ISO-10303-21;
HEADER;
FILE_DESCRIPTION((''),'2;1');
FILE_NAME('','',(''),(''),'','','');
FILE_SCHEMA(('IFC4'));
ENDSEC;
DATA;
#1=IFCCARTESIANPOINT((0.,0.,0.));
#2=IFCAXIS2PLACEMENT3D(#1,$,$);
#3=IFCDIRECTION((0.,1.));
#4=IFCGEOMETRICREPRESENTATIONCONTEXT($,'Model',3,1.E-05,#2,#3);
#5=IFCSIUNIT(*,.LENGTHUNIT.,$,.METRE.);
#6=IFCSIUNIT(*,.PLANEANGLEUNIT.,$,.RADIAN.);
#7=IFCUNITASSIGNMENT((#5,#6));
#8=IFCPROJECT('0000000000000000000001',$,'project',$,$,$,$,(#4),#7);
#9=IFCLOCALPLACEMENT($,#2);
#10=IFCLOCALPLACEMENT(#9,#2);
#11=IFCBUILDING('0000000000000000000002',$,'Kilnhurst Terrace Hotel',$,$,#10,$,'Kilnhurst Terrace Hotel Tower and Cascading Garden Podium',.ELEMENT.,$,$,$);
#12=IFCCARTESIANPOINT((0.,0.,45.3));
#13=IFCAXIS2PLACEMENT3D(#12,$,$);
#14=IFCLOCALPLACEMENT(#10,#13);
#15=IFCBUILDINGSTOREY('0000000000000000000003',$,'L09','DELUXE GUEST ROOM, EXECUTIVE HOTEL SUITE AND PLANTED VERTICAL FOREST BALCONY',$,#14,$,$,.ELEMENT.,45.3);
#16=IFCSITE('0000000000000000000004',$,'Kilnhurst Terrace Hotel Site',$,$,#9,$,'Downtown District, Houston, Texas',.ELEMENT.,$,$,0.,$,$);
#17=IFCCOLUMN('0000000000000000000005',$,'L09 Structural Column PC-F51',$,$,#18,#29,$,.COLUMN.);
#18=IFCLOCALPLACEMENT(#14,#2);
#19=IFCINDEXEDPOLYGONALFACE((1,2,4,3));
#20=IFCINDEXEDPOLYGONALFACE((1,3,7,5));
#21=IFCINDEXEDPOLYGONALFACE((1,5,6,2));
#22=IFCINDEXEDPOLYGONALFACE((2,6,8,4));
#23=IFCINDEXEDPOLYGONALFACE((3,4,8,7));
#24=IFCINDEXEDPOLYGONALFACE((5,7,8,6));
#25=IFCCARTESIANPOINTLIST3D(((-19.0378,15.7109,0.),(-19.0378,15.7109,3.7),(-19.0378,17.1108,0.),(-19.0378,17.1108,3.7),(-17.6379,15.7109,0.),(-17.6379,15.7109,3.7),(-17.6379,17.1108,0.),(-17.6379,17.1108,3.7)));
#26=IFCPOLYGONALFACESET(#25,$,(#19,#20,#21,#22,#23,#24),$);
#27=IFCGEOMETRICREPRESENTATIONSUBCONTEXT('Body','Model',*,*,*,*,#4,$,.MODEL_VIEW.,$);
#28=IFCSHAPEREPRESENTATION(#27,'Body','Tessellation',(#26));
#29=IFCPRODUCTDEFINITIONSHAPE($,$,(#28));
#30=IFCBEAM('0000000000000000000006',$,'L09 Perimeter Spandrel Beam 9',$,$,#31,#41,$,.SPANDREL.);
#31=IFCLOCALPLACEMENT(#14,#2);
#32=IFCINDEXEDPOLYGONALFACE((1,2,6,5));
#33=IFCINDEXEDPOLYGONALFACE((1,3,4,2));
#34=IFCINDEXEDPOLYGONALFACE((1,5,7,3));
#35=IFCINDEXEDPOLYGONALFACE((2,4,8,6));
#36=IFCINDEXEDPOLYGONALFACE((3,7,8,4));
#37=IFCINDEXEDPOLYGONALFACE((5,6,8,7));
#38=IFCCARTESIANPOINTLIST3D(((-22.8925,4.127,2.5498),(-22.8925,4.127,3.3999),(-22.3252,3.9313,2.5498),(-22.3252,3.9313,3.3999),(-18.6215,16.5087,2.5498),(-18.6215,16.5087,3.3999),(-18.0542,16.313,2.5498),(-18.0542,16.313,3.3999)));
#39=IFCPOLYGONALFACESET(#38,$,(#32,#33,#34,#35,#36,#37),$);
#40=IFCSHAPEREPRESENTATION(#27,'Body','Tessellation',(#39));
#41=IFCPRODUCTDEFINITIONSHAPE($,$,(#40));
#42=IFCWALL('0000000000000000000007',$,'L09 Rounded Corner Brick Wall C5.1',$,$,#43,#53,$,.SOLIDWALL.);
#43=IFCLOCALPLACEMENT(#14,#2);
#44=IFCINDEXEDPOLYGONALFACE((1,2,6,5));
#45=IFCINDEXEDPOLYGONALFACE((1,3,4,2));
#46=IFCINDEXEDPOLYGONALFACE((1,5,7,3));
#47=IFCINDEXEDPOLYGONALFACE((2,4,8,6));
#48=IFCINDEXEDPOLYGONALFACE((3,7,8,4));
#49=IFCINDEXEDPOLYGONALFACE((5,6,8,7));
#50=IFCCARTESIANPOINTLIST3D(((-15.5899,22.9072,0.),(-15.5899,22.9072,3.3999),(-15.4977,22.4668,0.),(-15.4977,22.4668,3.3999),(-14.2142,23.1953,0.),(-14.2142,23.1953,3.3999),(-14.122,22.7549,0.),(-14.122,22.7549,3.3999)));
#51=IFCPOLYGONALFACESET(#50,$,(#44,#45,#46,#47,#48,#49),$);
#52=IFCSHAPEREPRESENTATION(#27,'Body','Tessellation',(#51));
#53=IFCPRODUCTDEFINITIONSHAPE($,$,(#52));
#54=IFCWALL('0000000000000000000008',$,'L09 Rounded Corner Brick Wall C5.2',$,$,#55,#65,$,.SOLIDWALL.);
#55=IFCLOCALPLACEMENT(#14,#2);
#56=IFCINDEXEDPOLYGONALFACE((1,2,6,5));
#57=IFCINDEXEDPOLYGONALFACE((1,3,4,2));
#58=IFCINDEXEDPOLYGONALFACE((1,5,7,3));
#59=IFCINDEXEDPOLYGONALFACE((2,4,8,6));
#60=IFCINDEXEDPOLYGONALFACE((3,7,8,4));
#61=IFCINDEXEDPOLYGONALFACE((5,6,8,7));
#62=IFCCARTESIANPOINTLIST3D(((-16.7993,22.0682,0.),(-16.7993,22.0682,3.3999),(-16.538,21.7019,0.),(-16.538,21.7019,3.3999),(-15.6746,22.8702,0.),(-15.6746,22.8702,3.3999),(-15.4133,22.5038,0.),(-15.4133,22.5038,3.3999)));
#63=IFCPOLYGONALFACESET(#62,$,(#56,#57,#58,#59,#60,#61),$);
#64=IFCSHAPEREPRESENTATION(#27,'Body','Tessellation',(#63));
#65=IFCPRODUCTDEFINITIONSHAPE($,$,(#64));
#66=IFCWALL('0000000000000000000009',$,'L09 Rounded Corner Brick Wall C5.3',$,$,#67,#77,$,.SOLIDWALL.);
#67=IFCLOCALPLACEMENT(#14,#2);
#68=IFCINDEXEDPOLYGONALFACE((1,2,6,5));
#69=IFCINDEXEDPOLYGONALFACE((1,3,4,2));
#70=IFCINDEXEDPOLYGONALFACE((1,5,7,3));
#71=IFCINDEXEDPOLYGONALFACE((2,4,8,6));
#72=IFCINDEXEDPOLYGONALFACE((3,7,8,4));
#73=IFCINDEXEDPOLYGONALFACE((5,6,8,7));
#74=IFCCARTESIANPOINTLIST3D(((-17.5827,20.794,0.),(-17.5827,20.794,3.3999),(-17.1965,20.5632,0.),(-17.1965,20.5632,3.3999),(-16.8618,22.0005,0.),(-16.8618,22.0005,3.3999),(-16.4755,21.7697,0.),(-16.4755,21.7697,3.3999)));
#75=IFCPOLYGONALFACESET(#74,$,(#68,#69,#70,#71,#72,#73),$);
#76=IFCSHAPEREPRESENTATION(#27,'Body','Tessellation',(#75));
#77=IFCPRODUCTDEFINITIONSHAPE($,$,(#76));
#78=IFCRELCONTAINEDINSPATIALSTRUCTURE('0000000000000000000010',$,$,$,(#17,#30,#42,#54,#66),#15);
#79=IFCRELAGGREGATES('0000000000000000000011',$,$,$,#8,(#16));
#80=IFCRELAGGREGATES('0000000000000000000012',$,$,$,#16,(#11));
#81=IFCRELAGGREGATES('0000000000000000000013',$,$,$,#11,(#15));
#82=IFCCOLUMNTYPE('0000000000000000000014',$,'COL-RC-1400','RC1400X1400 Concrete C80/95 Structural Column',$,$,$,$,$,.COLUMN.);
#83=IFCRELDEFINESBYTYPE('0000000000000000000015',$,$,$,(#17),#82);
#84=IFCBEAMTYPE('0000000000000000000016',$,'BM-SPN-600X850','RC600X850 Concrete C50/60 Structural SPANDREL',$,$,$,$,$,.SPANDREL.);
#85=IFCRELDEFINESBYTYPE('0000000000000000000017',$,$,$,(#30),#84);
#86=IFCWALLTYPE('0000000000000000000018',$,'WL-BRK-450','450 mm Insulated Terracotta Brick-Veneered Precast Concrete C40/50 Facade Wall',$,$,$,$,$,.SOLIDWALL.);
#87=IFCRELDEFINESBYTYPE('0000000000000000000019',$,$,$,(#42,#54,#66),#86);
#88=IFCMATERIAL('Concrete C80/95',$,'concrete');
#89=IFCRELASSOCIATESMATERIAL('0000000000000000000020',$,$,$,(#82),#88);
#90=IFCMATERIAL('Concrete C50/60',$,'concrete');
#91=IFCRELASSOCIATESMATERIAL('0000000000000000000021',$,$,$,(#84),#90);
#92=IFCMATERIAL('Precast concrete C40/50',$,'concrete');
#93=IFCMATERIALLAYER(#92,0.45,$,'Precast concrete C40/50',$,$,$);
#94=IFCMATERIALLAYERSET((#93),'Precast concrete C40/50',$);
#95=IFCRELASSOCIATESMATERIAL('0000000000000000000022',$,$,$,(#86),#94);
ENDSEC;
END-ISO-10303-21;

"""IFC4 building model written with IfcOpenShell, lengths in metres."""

from ifc_helpers import new_model, si_unit, direction, frame, frame_2d, origin, origin_2d, place, context, subcontext, project, spatial, rectangle, extrude, material, layer, layer_set, material_profile, profile_set, type_object, element, save


model = new_model("IFC4")

# Units and contexts
model_context = context("Model", 3, precision=1e-05, world=origin(), true_north=direction((0.0, 1.0)))
body_context = subcontext(model_context, "Body", "Model", "MODEL_VIEW")
ifc_project = project(units=[si_unit("LENGTHUNIT", "METRE"), si_unit("PLANEANGLEUNIT", "RADIAN")], contexts=[model_context])

# Site, building, storey
site_placement = place(None, origin())
site = spatial("IfcSite", under=ifc_project, at=site_placement, Name="Kilnhurst Terrace Hotel Site", LongName="Downtown District, Houston, Texas", CompositionType="ELEMENT", RefElevation=0.0)
building_placement = place(site_placement, origin())
building = spatial("IfcBuilding", under=site, at=building_placement, Name="Kilnhurst Terrace Hotel", LongName="Kilnhurst Terrace Hotel Tower and Cascading Garden Podium", CompositionType="ELEMENT")
storey_placement = place(building_placement, frame((0.0, 0.0, 45.3)))
storey = spatial("IfcBuildingStorey", under=building, at=storey_placement, Name="L09", Description="DELUXE GUEST ROOM, EXECUTIVE HOTEL SUITE AND PLANTED VERTICAL FOREST BALCONY", CompositionType="ELEMENT", Elevation=45.3)

# Column
ifc_material_1 = material(Name="Concrete C80/95", Category="concrete")
ifc_material_profile_1 = material_profile(ifc_material_1, rectangle(XDim=1.3999, YDim=1.3999, at=origin_2d()), Name="RC1400X1400")
ifc_profile_set_1 = profile_set([ifc_material_profile_1], Name="Concrete C80/95")
column_type = type_object("IfcColumnType", Name="COL-RC-1400", Description="RC1400X1400 Concrete C80/95 Structural Column", PredefinedType="COLUMN", material=ifc_profile_set_1)
column_placement = place(storey_placement, frame((-18.3379, 16.4109, 0.0), z_axis=(0.0, 0.0, 1.0), x_axis=(1.0, 0.0, 0.0)))
element("IfcColumn", 1, at=column_placement, inside=storey, type_object=column_type, Name="L09 Structural Column PC-F51", PredefinedType="COLUMN", context=body_context, shape_type="SweptSolid", body=[
    extrude(rectangle(XDim=1.3999, YDim=1.3999, at=origin_2d()), origin(), (0.0, 0.0, 1.0), 3.7),
])

# Beam
ifc_material_2 = material(Name="Concrete C50/60", Category="concrete")
ifc_material_profile_2 = material_profile(ifc_material_2, rectangle(XDim=0.6001, YDim=0.8501, at=origin_2d()), Name="RC600X850")
ifc_profile_set_2 = profile_set([ifc_material_profile_2], Name="Concrete C50/60")
beam_type = type_object("IfcBeamType", Name="BM-SPN-600X850", Description="RC600X850 Concrete C50/60 Structural SPANDREL", PredefinedType="SPANDREL", material=ifc_profile_set_2)
beam_placement = place(storey_placement, frame((-18.3379, 16.4109, 2.9749), z_axis=(-0.326086, -0.94534, 0.0), x_axis=(0.94534, -0.326086, 0.0)))
element("IfcBeam", 2, at=beam_placement, inside=storey, type_object=beam_type, Name="L09 Perimeter Spandrel Beam 9", PredefinedType="SPANDREL", context=body_context, shape_type="SweptSolid", body=[
    extrude(rectangle(XDim=0.6001, YDim=0.8501, at=origin_2d()), origin(), (0.0, 0.0, 1.0), 13.0977),
])

# Walls
ifc_material_3 = material(Name="Precast concrete C40/50", Category="concrete")
ifc_layer_1 = layer(ifc_material_3, 0.45, Name="Precast concrete C40/50")
ifc_layer_set_1 = layer_set([ifc_layer_1], Name="Precast concrete C40/50")
wall_type_1 = type_object("IfcWallType", Name="WL-BRK-450", Description="450 mm Insulated Terracotta Brick-Veneered Precast Concrete C40/50 Facade Wall", PredefinedType="SOLIDWALL", material=ifc_layer_set_1)
wall_1_placement = place(storey_placement, frame((-14.1682, 22.9751, 0.0), z_axis=(0.0, 0.0, 1.0), x_axis=(-0.97877, -0.20496, 0.0)))
element("IfcWall", 3, at=wall_1_placement, inside=storey, type_object=wall_type_1, Name="L09 Rounded Corner Brick Wall C5.1", PredefinedType="SOLIDWALL", context=body_context, shape_type="SweptSolid", body=[
    extrude(rectangle(XDim=1.4055, YDim=0.45, at=frame_2d((0.7026, 0.0))), origin(), (0.0, 0.0, 1.0), 3.3999),
])
wall_2_placement = place(storey_placement, frame((-15.5439, 22.687, 0.0), z_axis=(0.0, 0.0, 1.0), x_axis=(-0.814211, -0.580569, 0.0)))
element("IfcWall", 4, at=wall_2_placement, inside=storey, type_object=wall_type_1, Name="L09 Rounded Corner Brick Wall C5.2", PredefinedType="SOLIDWALL", context=body_context, shape_type="SweptSolid", body=[
    extrude(rectangle(XDim=1.3813, YDim=0.45, at=frame_2d((0.6907, 0.0))), origin(), (0.0, 0.0, 1.0), 3.3999),
])
wall_3_placement = place(storey_placement, frame((-16.6687, 21.885, 0.0), z_axis=(0.0, 0.0, 1.0), x_axis=(-0.512937, -0.858426, 0.0)))
element("IfcWall", 5, at=wall_3_placement, inside=storey, type_object=wall_type_1, Name="L09 Rounded Corner Brick Wall C5.3", PredefinedType="SOLIDWALL", context=body_context, shape_type="SweptSolid", body=[
    extrude(rectangle(XDim=1.4055, YDim=0.45, at=frame_2d((0.7026, 0.0))), origin(), (0.0, 0.0, 1.0), 3.3999),
])

save(model, "model.ifc")
